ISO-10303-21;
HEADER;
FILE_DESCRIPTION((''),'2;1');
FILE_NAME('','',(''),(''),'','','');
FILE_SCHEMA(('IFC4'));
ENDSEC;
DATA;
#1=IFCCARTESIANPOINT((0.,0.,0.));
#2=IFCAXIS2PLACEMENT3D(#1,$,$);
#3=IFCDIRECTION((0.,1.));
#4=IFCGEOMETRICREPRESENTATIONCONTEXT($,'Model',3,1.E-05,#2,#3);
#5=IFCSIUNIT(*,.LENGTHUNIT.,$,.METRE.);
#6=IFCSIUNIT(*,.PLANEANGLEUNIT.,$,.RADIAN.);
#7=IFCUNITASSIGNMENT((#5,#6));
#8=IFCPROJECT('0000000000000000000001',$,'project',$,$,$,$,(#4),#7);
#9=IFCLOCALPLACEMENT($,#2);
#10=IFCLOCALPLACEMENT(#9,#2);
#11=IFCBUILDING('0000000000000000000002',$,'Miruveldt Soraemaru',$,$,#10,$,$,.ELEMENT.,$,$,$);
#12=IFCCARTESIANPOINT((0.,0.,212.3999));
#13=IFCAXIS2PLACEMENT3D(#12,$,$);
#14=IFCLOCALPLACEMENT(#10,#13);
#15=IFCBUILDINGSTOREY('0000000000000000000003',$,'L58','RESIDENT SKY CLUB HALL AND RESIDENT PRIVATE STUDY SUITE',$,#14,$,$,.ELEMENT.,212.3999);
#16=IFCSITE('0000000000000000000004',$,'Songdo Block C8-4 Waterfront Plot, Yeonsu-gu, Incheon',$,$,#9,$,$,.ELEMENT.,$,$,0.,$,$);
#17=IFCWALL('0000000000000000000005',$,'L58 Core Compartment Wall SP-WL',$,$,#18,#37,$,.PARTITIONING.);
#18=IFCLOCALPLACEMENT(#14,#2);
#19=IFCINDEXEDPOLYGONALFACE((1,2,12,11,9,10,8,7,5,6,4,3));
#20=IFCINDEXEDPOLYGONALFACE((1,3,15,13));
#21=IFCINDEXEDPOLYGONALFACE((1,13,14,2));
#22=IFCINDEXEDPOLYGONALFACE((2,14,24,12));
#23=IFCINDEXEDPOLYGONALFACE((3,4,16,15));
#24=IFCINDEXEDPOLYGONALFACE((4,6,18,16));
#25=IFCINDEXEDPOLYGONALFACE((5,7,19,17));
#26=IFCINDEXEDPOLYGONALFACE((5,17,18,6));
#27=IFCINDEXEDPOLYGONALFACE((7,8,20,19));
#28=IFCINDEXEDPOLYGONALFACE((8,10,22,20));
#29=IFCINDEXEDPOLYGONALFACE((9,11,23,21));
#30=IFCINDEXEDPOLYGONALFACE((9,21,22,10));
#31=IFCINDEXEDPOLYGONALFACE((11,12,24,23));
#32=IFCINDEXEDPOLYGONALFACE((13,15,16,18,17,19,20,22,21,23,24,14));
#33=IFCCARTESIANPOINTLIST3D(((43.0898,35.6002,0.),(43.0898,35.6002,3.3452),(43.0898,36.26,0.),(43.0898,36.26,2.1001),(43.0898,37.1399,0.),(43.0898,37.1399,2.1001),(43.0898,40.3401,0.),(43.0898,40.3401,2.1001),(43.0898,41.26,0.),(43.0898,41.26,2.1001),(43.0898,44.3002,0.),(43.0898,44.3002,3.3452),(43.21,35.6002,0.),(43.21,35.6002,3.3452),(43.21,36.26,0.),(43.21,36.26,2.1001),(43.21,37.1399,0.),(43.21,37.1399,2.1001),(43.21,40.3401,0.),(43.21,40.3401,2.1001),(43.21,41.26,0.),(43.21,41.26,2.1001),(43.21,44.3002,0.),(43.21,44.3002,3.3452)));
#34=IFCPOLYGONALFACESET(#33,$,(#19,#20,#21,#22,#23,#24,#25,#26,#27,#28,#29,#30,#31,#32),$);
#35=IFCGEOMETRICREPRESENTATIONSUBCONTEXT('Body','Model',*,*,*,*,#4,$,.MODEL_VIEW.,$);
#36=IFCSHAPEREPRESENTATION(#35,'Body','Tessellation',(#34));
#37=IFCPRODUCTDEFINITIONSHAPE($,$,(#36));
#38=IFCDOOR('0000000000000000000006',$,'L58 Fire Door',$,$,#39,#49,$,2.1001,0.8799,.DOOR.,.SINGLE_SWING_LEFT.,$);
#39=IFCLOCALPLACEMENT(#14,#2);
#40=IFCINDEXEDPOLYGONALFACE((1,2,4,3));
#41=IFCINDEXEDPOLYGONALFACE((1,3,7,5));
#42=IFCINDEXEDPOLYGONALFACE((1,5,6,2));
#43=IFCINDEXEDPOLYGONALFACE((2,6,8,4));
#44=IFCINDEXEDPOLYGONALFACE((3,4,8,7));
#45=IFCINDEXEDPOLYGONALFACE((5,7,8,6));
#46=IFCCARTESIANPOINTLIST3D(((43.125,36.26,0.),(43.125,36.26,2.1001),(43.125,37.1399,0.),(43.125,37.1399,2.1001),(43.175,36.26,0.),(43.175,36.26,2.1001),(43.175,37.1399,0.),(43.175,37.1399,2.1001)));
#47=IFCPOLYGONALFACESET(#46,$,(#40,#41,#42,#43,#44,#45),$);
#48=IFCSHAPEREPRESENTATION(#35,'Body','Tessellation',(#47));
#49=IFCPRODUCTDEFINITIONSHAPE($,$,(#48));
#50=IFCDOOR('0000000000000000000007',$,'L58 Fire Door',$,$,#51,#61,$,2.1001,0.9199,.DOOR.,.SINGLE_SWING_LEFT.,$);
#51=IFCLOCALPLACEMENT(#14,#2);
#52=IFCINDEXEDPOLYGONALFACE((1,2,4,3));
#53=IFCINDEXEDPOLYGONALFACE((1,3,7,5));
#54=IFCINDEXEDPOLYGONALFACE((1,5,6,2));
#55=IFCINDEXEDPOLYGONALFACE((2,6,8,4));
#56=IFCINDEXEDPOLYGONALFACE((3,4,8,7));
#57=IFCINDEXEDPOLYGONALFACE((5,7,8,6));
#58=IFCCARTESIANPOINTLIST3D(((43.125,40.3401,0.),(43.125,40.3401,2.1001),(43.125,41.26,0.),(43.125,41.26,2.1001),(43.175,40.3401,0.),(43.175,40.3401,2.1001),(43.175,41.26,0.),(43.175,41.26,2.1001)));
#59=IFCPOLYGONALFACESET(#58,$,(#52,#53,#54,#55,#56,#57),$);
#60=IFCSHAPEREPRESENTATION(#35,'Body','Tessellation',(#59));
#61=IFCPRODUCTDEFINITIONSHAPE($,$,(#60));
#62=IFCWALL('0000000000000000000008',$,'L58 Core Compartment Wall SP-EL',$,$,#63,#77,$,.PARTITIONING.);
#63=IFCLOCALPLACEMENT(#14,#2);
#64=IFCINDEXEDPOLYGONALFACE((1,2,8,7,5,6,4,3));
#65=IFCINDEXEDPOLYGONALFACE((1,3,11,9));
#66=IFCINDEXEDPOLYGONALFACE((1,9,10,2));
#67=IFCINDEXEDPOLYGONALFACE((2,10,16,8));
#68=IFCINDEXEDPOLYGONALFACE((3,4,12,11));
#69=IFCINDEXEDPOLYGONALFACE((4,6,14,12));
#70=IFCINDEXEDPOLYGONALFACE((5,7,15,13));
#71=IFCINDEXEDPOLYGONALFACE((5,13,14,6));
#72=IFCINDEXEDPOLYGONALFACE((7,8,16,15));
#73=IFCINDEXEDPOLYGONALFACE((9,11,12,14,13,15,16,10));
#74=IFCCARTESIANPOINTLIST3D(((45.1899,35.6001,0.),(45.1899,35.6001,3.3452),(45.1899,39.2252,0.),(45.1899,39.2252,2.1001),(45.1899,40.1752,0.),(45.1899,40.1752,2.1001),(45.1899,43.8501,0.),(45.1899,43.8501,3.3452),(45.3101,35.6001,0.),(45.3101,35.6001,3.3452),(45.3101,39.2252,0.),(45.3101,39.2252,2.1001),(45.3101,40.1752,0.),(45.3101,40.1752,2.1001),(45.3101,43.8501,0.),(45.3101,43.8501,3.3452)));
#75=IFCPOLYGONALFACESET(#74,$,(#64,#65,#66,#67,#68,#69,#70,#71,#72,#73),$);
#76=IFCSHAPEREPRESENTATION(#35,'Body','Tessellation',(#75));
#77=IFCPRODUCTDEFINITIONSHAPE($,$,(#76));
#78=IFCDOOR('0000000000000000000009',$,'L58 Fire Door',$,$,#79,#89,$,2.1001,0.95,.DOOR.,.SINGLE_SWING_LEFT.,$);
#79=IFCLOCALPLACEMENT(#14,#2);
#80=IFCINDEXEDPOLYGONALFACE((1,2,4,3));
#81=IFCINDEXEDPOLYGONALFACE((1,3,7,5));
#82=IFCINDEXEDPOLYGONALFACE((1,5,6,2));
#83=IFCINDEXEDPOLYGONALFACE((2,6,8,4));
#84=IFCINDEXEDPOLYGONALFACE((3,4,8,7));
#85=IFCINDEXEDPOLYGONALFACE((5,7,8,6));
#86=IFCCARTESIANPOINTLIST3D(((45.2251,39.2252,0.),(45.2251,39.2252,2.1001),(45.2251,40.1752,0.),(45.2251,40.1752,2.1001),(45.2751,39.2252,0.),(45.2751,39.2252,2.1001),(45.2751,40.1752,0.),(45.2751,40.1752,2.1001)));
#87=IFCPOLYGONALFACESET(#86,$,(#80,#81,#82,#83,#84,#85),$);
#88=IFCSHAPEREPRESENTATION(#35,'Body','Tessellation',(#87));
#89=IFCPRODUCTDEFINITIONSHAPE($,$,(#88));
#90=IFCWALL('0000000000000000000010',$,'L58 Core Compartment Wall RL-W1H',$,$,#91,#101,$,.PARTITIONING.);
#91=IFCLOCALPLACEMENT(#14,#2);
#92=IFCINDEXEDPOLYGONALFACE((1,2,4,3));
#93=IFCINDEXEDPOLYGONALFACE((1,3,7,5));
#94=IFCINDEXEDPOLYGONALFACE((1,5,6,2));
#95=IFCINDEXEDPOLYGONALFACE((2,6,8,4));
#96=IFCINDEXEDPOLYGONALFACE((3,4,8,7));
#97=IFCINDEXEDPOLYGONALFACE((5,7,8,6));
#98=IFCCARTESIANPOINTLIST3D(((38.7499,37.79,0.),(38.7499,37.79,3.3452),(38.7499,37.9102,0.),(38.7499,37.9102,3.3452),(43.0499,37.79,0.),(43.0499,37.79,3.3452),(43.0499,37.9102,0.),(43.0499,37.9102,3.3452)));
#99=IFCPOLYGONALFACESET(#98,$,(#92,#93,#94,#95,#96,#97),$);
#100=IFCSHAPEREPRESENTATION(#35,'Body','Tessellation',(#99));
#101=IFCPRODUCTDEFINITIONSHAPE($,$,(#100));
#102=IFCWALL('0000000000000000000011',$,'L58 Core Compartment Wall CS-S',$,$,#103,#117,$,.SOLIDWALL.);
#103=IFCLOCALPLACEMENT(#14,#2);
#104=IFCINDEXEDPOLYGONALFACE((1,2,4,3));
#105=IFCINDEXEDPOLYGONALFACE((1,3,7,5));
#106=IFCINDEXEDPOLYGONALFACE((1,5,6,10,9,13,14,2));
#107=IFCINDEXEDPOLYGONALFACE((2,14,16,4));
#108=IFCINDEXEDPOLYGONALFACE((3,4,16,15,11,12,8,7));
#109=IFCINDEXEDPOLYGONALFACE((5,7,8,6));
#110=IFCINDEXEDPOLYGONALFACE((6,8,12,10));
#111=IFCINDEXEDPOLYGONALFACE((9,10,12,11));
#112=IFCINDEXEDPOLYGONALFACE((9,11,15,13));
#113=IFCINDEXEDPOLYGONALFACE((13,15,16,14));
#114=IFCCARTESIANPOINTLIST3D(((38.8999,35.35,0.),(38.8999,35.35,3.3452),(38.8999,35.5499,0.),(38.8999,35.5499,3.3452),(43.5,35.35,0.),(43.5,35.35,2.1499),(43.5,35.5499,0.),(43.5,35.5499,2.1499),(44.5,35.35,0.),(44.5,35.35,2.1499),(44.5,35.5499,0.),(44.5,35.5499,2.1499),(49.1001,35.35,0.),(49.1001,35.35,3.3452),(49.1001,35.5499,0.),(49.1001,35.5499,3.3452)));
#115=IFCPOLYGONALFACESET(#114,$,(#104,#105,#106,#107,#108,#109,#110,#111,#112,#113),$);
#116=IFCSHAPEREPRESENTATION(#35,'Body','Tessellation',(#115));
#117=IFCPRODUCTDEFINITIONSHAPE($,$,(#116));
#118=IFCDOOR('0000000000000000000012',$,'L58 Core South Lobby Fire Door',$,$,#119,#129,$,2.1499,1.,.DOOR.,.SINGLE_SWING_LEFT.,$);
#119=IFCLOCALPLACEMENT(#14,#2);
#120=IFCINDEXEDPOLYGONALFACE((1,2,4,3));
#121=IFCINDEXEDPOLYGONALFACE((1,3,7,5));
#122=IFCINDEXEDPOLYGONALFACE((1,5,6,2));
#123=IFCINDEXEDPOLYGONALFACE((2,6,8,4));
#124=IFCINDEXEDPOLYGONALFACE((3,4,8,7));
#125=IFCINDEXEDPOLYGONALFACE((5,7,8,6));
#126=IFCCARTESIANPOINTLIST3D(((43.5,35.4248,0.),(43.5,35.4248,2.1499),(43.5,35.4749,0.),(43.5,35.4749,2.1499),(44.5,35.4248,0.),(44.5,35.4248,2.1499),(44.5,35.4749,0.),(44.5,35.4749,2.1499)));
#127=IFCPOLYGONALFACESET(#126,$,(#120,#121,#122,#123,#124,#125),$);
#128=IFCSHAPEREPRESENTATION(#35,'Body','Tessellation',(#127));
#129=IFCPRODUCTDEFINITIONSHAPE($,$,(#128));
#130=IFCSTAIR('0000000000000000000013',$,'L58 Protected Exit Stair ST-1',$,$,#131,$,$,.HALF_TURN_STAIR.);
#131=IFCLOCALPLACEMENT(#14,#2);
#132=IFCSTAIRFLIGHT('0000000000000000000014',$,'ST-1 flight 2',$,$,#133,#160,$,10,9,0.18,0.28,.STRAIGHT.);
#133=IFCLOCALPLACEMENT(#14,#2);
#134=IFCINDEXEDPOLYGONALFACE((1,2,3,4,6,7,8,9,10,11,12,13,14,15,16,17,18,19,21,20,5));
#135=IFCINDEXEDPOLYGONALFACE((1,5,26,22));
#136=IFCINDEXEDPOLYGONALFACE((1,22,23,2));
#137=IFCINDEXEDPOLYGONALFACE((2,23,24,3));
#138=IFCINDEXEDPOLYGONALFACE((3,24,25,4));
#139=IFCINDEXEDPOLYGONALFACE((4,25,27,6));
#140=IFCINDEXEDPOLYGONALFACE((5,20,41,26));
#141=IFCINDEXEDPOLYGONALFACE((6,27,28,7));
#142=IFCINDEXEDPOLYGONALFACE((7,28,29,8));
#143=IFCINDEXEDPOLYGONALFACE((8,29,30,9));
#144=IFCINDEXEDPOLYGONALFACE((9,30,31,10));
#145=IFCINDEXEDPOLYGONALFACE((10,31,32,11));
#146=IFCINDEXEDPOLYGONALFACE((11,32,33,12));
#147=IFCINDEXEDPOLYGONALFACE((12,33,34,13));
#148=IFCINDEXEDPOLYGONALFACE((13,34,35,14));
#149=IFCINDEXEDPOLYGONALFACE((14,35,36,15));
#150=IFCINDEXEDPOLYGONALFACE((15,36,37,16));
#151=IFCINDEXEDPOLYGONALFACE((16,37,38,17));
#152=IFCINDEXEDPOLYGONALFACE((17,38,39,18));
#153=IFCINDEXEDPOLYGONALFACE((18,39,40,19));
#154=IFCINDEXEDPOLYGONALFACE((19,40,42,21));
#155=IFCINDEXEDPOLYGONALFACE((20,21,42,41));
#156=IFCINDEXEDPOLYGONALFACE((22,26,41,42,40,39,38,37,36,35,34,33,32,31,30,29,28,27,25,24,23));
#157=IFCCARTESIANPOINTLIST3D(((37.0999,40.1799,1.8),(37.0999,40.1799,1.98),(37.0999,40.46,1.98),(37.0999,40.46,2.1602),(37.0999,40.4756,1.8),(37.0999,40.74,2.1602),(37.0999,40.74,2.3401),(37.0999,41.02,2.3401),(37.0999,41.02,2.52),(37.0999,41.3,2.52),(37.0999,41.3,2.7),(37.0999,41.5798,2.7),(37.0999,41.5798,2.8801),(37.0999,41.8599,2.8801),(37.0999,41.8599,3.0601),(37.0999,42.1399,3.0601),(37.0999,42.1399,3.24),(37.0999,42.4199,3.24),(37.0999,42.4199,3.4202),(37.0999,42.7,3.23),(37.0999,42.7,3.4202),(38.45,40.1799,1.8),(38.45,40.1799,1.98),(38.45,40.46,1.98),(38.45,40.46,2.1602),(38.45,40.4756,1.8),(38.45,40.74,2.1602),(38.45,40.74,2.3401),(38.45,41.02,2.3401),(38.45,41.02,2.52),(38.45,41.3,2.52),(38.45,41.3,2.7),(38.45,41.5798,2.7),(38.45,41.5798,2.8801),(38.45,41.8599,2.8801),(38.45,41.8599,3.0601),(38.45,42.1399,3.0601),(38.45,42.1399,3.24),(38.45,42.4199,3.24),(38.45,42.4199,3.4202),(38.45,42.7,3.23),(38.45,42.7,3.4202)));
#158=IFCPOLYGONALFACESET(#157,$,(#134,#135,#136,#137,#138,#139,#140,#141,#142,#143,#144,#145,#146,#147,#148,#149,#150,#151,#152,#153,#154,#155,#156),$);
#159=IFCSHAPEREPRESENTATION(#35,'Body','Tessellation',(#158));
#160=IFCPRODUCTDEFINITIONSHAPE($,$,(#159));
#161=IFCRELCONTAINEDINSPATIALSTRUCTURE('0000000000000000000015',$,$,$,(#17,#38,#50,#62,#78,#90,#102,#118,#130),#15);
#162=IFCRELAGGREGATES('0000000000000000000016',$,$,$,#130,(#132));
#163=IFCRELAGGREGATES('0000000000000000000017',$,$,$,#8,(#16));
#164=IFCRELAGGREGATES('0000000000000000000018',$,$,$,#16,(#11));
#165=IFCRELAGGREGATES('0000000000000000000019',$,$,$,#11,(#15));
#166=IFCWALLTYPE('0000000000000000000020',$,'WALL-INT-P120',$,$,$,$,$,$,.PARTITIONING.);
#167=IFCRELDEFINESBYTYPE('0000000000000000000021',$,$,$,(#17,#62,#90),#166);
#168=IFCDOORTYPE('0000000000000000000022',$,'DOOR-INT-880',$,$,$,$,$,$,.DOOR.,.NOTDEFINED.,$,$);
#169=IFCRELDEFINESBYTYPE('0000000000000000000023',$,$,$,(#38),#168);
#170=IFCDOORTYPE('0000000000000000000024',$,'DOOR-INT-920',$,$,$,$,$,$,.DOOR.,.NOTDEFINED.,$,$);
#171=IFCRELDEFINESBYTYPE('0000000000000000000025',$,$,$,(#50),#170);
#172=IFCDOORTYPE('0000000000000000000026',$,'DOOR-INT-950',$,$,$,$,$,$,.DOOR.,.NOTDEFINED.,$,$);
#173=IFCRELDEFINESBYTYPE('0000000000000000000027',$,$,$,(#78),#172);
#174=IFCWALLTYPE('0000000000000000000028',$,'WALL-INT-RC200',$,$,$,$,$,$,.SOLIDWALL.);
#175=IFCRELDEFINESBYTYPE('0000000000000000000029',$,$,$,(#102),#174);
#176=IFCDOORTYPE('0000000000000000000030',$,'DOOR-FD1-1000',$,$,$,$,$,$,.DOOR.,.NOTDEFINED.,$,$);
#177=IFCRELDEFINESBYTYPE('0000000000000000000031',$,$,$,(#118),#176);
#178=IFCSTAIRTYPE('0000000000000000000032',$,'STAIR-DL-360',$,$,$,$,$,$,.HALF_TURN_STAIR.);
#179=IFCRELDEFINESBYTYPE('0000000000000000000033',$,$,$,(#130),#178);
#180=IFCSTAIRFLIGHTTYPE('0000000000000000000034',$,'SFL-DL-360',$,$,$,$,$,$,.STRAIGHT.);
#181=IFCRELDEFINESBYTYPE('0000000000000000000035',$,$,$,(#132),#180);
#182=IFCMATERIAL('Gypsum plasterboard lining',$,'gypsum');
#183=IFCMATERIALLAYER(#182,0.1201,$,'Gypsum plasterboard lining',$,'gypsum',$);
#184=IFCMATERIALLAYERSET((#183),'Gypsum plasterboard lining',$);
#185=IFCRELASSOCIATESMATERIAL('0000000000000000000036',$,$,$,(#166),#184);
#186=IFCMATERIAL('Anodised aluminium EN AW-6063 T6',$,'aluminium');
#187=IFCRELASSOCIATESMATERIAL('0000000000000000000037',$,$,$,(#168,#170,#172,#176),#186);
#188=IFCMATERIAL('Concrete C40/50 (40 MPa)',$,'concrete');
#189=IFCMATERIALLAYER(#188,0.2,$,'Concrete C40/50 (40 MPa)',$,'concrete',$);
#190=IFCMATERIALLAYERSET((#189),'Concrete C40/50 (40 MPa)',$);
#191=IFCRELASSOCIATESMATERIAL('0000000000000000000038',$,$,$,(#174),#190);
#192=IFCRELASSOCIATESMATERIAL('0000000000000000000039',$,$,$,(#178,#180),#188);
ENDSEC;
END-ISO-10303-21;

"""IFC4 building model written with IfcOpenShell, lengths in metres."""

from ifc_helpers import new_model, si_unit, direction, frame, frame_2d, origin, place, context, subcontext, project, spatial, polyline, rectangle, outline, extrude, material, layer, layer_set, type_object, element, fill, aggregate, save


model = new_model("IFC4")

# Units and contexts
model_context = context("Model", 3, precision=1e-05, world=origin(), true_north=direction((0.0, 1.0)))
body_context = subcontext(model_context, "Body", "Model", "MODEL_VIEW")
ifc_project = project(units=[si_unit("LENGTHUNIT", "METRE"), si_unit("PLANEANGLEUNIT", "RADIAN")], contexts=[model_context])

# Site, building, storey
site_placement = place(None, origin())
site = spatial("IfcSite", under=ifc_project, at=site_placement, Name="Songdo Block C8-4 Waterfront Plot, Yeonsu-gu, Incheon", CompositionType="ELEMENT", RefElevation=0.0)
building_placement = place(site_placement, origin())
building = spatial("IfcBuilding", under=site, at=building_placement, Name="Miruveldt Soraemaru", CompositionType="ELEMENT")
storey_placement = place(building_placement, frame((0.0, 0.0, 212.3999)))
storey = spatial("IfcBuildingStorey", under=building, at=storey_placement, Name="L58", Description="RESIDENT SKY CLUB HALL AND RESIDENT PRIVATE STUDY SUITE", CompositionType="ELEMENT", Elevation=212.3999)

# Wall, openings, doors
ifc_material_1 = material(Name="Gypsum plasterboard lining", Category="gypsum")
ifc_layer_1 = layer(ifc_material_1, 0.1201, Name="Gypsum plasterboard lining", Category="gypsum")
ifc_layer_set_1 = layer_set([ifc_layer_1], Name="Gypsum plasterboard lining")
wall_type_1 = type_object("IfcWallType", Name="WALL-INT-P120", PredefinedType="PARTITIONING", material=ifc_layer_set_1)
wall_1_placement = place(storey_placement, frame((43.1499, 35.6001, 0.0), z_axis=(0.0, 0.0, 1.0), x_axis=(0.0, 1.0, 0.0)))
wall_1 = element("IfcWall", 1, at=wall_1_placement, inside=storey, type_object=wall_type_1, Name="L58 Core Compartment Wall SP-WL", PredefinedType="PARTITIONING", context=body_context, shape_type="SweptSolid", body=[
    extrude(rectangle(XDim=8.7, YDim=0.1201, at=frame_2d((4.3501, 0.0))), origin(), (0.0, 0.0, 1.0), 3.3452),
])
opening_1_placement = place(wall_1_placement, frame((0.6599, 0.0, 0.0)))
opening_1 = element("IfcOpeningElement", 2, at=opening_1_placement, cuts=wall_1, PredefinedType="OPENING", context=body_context, shape_type="SweptSolid", body=[
    extrude(rectangle(XDim=0.8799, YDim=2.1001, at=frame_2d((0.4399, 1.05))), frame((0.0, 0.0701, 0.0), z_axis=(0.0, -1.0, 0.0), x_axis=(1.0, 0.0, 0.0)), (0.0, 0.0, 1.0), 0.1401),
])
opening_2_placement = place(wall_1_placement, frame((4.74, 0.0, 0.0)))
opening_2 = element("IfcOpeningElement", 3, at=opening_2_placement, cuts=wall_1, PredefinedType="OPENING", context=body_context, shape_type="SweptSolid", body=[
    extrude(rectangle(XDim=0.9199, YDim=2.1001, at=frame_2d((0.46, 1.05))), frame((0.0, 0.0701, 0.0), z_axis=(0.0, -1.0, 0.0), x_axis=(1.0, 0.0, 0.0)), (0.0, 0.0, 1.0), 0.1401),
])
ifc_material_2 = material(Name="Anodised aluminium EN AW-6063 T6", Category="aluminium")
door_type_1 = type_object("IfcDoorType", Name="DOOR-INT-880", OperationType="NOTDEFINED", PredefinedType="DOOR", material=ifc_material_2)
door_1_placement = place(opening_1_placement, origin())
door_1 = element("IfcDoor", 4, at=door_1_placement, inside=storey, type_object=door_type_1, Name="L58 Fire Door", OperationType="SINGLE_SWING_LEFT", OverallHeight=2.1001, OverallWidth=0.8799, PredefinedType="DOOR", context=body_context, shape_type="SweptSolid", body=[
    extrude(rectangle(XDim=0.8799, YDim=2.1001, at=frame_2d((0.4399, 1.05))), frame((0.0, 0.0249, 0.0), z_axis=(0.0, -1.0, 0.0), x_axis=(1.0, 0.0, 0.0)), (0.0, 0.0, 1.0), 0.05),
])
fill(opening_1, door_1)
door_type_2 = type_object("IfcDoorType", Name="DOOR-INT-920", OperationType="NOTDEFINED", PredefinedType="DOOR", material=ifc_material_2)
door_2_placement = place(opening_2_placement, origin())
door_2 = element("IfcDoor", 5, at=door_2_placement, inside=storey, type_object=door_type_2, Name="L58 Fire Door", OperationType="SINGLE_SWING_LEFT", OverallHeight=2.1001, OverallWidth=0.9199, PredefinedType="DOOR", context=body_context, shape_type="SweptSolid", body=[
    extrude(rectangle(XDim=0.9199, YDim=2.1001, at=frame_2d((0.46, 1.05))), frame((0.0, 0.0249, 0.0), z_axis=(0.0, -1.0, 0.0), x_axis=(1.0, 0.0, 0.0)), (0.0, 0.0, 1.0), 0.05),
])
fill(opening_2, door_2)

# Wall, opening, door
wall_2_placement = place(storey_placement, frame((45.25, 35.6001, 0.0), z_axis=(0.0, 0.0, 1.0), x_axis=(0.0, 1.0, 0.0)))
wall_2 = element("IfcWall", 6, at=wall_2_placement, inside=storey, type_object=wall_type_1, Name="L58 Core Compartment Wall SP-EL", PredefinedType="PARTITIONING", context=body_context, shape_type="SweptSolid", body=[
    extrude(rectangle(XDim=8.25, YDim=0.1201, at=frame_2d((4.125, 0.0))), origin(), (0.0, 0.0, 1.0), 3.3452),
])
opening_3_placement = place(wall_2_placement, frame((3.625, 0.0, 0.0)))
opening_3 = element("IfcOpeningElement", 7, at=opening_3_placement, cuts=wall_2, PredefinedType="OPENING", context=body_context, shape_type="SweptSolid", body=[
    extrude(rectangle(XDim=0.95, YDim=2.1001, at=frame_2d((0.4751, 1.05))), frame((0.0, 0.0701, 0.0), z_axis=(0.0, -1.0, 0.0), x_axis=(1.0, 0.0, 0.0)), (0.0, 0.0, 1.0), 0.1401),
])
door_type_3 = type_object("IfcDoorType", Name="DOOR-INT-950", OperationType="NOTDEFINED", PredefinedType="DOOR", material=ifc_material_2)
door_3_placement = place(opening_3_placement, origin())
door_3 = element("IfcDoor", 8, at=door_3_placement, inside=storey, type_object=door_type_3, Name="L58 Fire Door", OperationType="SINGLE_SWING_LEFT", OverallHeight=2.1001, OverallWidth=0.95, PredefinedType="DOOR", context=body_context, shape_type="SweptSolid", body=[
    extrude(rectangle(XDim=0.95, YDim=2.1001, at=frame_2d((0.4751, 1.05))), frame((0.0, 0.0249, 0.0), z_axis=(0.0, -1.0, 0.0), x_axis=(1.0, 0.0, 0.0)), (0.0, 0.0, 1.0), 0.05),
])
fill(opening_3, door_3)

# Wall
wall_3_placement = place(storey_placement, frame((38.75, 37.8501, 0.0), z_axis=(0.0, 0.0, 1.0), x_axis=(1.0, 0.0, 0.0)))
element("IfcWall", 9, at=wall_3_placement, inside=storey, type_object=wall_type_1, Name="L58 Core Compartment Wall RL-W1H", PredefinedType="PARTITIONING", context=body_context, shape_type="SweptSolid", body=[
    extrude(rectangle(XDim=4.3, YDim=0.1201, at=frame_2d((2.1499, 0.0))), origin(), (0.0, 0.0, 1.0), 3.3452),
])

# Wall, opening, door
ifc_material_3 = material(Name="Concrete C40/50 (40 MPa)", Category="concrete")
ifc_layer_2 = layer(ifc_material_3, 0.2, Name="Concrete C40/50 (40 MPa)", Category="concrete")
ifc_layer_set_2 = layer_set([ifc_layer_2], Name="Concrete C40/50 (40 MPa)")
wall_type_2 = type_object("IfcWallType", Name="WALL-INT-RC200", PredefinedType="SOLIDWALL", material=ifc_layer_set_2)
wall_4_placement = place(storey_placement, frame((38.8999, 35.45, 0.0), z_axis=(0.0, 0.0, 1.0), x_axis=(1.0, 0.0, 0.0)))
wall_4 = element("IfcWall", 10, at=wall_4_placement, inside=storey, type_object=wall_type_2, Name="L58 Core Compartment Wall CS-S", PredefinedType="SOLIDWALL", context=body_context, shape_type="SweptSolid", body=[
    extrude(rectangle(XDim=10.2002, YDim=0.2, at=frame_2d((5.1001, 0.0))), origin(), (0.0, 0.0, 1.0), 3.3452),
])
opening_4_placement = place(wall_4_placement, frame((4.6001, 0.0, 0.0)))
opening_4 = element("IfcOpeningElement", 11, at=opening_4_placement, cuts=wall_4, PredefinedType="OPENING", context=body_context, shape_type="SweptSolid", body=[
    extrude(rectangle(XDim=1.0, YDim=2.1499, at=frame_2d((0.5, 1.075))), frame((0.0, 0.1099, 0.0), z_axis=(0.0, -1.0, 0.0), x_axis=(1.0, 0.0, 0.0)), (0.0, 0.0, 1.0), 0.22),
])
door_type_4 = type_object("IfcDoorType", Name="DOOR-FD1-1000", OperationType="NOTDEFINED", PredefinedType="DOOR", material=ifc_material_2)
door_4_placement = place(opening_4_placement, origin())
door_4 = element("IfcDoor", 12, at=door_4_placement, inside=storey, type_object=door_type_4, Name="L58 Core South Lobby Fire Door", OperationType="SINGLE_SWING_LEFT", OverallHeight=2.1499, OverallWidth=1.0, PredefinedType="DOOR", context=body_context, shape_type="SweptSolid", body=[
    extrude(rectangle(XDim=1.0, YDim=2.1499, at=frame_2d((0.5, 1.075))), frame((0.0, 0.0249, 0.0), z_axis=(0.0, -1.0, 0.0), x_axis=(1.0, 0.0, 0.0)), (0.0, 0.0, 1.0), 0.05),
])
fill(opening_4, door_4)

# Stair, stair flight
stair_type = type_object("IfcStairType", Name="STAIR-DL-360", PredefinedType="HALF_TURN_STAIR", material=ifc_material_3)
stair_placement = place(storey_placement, origin())
stair = element("IfcStair", 13, at=stair_placement, inside=storey, type_object=stair_type, Name="L58 Protected Exit Stair ST-1", PredefinedType="HALF_TURN_STAIR")
stair_flight_type = type_object("IfcStairFlightType", Name="SFL-DL-360", PredefinedType="STRAIGHT", material=ifc_material_3)
stair_flight_placement = place(storey_placement, frame((37.7749, 40.1799, 1.8), z_axis=(0.0, 0.0, 1.0), x_axis=(0.0, 1.0, 0.0)))
stair_flight = element("IfcStairFlight", 14, at=stair_flight_placement, type_object=stair_flight_type, Name="ST-1 flight 2", NumberOfRisers=10, NumberOfTreads=9, PredefinedType="STRAIGHT", RiserHeight=0.18, TreadLength=0.28, context=body_context, shape_type="SweptSolid", body=[
    extrude(outline(polyline([(0.0, 0.0), (0.0, 0.1799), (0.28, 0.1799), (0.28, 0.3601), (0.5601, 0.3601), (0.5601, 0.54), (0.8401, 0.54), (0.8401, 0.72), (1.1201, 0.72), (1.1201, 0.8999), (1.3999, 0.8999), (1.3999, 1.0801), (1.6799, 1.0801), (1.6799, 1.26), (1.96, 1.26), (1.96, 1.4399), (2.24, 1.4399), (2.24, 1.6201), (2.52, 1.6201), (2.52, 1.8), (2.52, 1.4299), (0.2957, 0.0), (0.0, 0.0)])), frame((0.0, 0.675, 0.0), z_axis=(0.0, -1.0, 0.0), x_axis=(1.0, 0.0, 0.0)), (0.0, 0.0, 1.0), 1.3501),
])
aggregate(stair, [stair_flight])

save(model, "model.ifc")
